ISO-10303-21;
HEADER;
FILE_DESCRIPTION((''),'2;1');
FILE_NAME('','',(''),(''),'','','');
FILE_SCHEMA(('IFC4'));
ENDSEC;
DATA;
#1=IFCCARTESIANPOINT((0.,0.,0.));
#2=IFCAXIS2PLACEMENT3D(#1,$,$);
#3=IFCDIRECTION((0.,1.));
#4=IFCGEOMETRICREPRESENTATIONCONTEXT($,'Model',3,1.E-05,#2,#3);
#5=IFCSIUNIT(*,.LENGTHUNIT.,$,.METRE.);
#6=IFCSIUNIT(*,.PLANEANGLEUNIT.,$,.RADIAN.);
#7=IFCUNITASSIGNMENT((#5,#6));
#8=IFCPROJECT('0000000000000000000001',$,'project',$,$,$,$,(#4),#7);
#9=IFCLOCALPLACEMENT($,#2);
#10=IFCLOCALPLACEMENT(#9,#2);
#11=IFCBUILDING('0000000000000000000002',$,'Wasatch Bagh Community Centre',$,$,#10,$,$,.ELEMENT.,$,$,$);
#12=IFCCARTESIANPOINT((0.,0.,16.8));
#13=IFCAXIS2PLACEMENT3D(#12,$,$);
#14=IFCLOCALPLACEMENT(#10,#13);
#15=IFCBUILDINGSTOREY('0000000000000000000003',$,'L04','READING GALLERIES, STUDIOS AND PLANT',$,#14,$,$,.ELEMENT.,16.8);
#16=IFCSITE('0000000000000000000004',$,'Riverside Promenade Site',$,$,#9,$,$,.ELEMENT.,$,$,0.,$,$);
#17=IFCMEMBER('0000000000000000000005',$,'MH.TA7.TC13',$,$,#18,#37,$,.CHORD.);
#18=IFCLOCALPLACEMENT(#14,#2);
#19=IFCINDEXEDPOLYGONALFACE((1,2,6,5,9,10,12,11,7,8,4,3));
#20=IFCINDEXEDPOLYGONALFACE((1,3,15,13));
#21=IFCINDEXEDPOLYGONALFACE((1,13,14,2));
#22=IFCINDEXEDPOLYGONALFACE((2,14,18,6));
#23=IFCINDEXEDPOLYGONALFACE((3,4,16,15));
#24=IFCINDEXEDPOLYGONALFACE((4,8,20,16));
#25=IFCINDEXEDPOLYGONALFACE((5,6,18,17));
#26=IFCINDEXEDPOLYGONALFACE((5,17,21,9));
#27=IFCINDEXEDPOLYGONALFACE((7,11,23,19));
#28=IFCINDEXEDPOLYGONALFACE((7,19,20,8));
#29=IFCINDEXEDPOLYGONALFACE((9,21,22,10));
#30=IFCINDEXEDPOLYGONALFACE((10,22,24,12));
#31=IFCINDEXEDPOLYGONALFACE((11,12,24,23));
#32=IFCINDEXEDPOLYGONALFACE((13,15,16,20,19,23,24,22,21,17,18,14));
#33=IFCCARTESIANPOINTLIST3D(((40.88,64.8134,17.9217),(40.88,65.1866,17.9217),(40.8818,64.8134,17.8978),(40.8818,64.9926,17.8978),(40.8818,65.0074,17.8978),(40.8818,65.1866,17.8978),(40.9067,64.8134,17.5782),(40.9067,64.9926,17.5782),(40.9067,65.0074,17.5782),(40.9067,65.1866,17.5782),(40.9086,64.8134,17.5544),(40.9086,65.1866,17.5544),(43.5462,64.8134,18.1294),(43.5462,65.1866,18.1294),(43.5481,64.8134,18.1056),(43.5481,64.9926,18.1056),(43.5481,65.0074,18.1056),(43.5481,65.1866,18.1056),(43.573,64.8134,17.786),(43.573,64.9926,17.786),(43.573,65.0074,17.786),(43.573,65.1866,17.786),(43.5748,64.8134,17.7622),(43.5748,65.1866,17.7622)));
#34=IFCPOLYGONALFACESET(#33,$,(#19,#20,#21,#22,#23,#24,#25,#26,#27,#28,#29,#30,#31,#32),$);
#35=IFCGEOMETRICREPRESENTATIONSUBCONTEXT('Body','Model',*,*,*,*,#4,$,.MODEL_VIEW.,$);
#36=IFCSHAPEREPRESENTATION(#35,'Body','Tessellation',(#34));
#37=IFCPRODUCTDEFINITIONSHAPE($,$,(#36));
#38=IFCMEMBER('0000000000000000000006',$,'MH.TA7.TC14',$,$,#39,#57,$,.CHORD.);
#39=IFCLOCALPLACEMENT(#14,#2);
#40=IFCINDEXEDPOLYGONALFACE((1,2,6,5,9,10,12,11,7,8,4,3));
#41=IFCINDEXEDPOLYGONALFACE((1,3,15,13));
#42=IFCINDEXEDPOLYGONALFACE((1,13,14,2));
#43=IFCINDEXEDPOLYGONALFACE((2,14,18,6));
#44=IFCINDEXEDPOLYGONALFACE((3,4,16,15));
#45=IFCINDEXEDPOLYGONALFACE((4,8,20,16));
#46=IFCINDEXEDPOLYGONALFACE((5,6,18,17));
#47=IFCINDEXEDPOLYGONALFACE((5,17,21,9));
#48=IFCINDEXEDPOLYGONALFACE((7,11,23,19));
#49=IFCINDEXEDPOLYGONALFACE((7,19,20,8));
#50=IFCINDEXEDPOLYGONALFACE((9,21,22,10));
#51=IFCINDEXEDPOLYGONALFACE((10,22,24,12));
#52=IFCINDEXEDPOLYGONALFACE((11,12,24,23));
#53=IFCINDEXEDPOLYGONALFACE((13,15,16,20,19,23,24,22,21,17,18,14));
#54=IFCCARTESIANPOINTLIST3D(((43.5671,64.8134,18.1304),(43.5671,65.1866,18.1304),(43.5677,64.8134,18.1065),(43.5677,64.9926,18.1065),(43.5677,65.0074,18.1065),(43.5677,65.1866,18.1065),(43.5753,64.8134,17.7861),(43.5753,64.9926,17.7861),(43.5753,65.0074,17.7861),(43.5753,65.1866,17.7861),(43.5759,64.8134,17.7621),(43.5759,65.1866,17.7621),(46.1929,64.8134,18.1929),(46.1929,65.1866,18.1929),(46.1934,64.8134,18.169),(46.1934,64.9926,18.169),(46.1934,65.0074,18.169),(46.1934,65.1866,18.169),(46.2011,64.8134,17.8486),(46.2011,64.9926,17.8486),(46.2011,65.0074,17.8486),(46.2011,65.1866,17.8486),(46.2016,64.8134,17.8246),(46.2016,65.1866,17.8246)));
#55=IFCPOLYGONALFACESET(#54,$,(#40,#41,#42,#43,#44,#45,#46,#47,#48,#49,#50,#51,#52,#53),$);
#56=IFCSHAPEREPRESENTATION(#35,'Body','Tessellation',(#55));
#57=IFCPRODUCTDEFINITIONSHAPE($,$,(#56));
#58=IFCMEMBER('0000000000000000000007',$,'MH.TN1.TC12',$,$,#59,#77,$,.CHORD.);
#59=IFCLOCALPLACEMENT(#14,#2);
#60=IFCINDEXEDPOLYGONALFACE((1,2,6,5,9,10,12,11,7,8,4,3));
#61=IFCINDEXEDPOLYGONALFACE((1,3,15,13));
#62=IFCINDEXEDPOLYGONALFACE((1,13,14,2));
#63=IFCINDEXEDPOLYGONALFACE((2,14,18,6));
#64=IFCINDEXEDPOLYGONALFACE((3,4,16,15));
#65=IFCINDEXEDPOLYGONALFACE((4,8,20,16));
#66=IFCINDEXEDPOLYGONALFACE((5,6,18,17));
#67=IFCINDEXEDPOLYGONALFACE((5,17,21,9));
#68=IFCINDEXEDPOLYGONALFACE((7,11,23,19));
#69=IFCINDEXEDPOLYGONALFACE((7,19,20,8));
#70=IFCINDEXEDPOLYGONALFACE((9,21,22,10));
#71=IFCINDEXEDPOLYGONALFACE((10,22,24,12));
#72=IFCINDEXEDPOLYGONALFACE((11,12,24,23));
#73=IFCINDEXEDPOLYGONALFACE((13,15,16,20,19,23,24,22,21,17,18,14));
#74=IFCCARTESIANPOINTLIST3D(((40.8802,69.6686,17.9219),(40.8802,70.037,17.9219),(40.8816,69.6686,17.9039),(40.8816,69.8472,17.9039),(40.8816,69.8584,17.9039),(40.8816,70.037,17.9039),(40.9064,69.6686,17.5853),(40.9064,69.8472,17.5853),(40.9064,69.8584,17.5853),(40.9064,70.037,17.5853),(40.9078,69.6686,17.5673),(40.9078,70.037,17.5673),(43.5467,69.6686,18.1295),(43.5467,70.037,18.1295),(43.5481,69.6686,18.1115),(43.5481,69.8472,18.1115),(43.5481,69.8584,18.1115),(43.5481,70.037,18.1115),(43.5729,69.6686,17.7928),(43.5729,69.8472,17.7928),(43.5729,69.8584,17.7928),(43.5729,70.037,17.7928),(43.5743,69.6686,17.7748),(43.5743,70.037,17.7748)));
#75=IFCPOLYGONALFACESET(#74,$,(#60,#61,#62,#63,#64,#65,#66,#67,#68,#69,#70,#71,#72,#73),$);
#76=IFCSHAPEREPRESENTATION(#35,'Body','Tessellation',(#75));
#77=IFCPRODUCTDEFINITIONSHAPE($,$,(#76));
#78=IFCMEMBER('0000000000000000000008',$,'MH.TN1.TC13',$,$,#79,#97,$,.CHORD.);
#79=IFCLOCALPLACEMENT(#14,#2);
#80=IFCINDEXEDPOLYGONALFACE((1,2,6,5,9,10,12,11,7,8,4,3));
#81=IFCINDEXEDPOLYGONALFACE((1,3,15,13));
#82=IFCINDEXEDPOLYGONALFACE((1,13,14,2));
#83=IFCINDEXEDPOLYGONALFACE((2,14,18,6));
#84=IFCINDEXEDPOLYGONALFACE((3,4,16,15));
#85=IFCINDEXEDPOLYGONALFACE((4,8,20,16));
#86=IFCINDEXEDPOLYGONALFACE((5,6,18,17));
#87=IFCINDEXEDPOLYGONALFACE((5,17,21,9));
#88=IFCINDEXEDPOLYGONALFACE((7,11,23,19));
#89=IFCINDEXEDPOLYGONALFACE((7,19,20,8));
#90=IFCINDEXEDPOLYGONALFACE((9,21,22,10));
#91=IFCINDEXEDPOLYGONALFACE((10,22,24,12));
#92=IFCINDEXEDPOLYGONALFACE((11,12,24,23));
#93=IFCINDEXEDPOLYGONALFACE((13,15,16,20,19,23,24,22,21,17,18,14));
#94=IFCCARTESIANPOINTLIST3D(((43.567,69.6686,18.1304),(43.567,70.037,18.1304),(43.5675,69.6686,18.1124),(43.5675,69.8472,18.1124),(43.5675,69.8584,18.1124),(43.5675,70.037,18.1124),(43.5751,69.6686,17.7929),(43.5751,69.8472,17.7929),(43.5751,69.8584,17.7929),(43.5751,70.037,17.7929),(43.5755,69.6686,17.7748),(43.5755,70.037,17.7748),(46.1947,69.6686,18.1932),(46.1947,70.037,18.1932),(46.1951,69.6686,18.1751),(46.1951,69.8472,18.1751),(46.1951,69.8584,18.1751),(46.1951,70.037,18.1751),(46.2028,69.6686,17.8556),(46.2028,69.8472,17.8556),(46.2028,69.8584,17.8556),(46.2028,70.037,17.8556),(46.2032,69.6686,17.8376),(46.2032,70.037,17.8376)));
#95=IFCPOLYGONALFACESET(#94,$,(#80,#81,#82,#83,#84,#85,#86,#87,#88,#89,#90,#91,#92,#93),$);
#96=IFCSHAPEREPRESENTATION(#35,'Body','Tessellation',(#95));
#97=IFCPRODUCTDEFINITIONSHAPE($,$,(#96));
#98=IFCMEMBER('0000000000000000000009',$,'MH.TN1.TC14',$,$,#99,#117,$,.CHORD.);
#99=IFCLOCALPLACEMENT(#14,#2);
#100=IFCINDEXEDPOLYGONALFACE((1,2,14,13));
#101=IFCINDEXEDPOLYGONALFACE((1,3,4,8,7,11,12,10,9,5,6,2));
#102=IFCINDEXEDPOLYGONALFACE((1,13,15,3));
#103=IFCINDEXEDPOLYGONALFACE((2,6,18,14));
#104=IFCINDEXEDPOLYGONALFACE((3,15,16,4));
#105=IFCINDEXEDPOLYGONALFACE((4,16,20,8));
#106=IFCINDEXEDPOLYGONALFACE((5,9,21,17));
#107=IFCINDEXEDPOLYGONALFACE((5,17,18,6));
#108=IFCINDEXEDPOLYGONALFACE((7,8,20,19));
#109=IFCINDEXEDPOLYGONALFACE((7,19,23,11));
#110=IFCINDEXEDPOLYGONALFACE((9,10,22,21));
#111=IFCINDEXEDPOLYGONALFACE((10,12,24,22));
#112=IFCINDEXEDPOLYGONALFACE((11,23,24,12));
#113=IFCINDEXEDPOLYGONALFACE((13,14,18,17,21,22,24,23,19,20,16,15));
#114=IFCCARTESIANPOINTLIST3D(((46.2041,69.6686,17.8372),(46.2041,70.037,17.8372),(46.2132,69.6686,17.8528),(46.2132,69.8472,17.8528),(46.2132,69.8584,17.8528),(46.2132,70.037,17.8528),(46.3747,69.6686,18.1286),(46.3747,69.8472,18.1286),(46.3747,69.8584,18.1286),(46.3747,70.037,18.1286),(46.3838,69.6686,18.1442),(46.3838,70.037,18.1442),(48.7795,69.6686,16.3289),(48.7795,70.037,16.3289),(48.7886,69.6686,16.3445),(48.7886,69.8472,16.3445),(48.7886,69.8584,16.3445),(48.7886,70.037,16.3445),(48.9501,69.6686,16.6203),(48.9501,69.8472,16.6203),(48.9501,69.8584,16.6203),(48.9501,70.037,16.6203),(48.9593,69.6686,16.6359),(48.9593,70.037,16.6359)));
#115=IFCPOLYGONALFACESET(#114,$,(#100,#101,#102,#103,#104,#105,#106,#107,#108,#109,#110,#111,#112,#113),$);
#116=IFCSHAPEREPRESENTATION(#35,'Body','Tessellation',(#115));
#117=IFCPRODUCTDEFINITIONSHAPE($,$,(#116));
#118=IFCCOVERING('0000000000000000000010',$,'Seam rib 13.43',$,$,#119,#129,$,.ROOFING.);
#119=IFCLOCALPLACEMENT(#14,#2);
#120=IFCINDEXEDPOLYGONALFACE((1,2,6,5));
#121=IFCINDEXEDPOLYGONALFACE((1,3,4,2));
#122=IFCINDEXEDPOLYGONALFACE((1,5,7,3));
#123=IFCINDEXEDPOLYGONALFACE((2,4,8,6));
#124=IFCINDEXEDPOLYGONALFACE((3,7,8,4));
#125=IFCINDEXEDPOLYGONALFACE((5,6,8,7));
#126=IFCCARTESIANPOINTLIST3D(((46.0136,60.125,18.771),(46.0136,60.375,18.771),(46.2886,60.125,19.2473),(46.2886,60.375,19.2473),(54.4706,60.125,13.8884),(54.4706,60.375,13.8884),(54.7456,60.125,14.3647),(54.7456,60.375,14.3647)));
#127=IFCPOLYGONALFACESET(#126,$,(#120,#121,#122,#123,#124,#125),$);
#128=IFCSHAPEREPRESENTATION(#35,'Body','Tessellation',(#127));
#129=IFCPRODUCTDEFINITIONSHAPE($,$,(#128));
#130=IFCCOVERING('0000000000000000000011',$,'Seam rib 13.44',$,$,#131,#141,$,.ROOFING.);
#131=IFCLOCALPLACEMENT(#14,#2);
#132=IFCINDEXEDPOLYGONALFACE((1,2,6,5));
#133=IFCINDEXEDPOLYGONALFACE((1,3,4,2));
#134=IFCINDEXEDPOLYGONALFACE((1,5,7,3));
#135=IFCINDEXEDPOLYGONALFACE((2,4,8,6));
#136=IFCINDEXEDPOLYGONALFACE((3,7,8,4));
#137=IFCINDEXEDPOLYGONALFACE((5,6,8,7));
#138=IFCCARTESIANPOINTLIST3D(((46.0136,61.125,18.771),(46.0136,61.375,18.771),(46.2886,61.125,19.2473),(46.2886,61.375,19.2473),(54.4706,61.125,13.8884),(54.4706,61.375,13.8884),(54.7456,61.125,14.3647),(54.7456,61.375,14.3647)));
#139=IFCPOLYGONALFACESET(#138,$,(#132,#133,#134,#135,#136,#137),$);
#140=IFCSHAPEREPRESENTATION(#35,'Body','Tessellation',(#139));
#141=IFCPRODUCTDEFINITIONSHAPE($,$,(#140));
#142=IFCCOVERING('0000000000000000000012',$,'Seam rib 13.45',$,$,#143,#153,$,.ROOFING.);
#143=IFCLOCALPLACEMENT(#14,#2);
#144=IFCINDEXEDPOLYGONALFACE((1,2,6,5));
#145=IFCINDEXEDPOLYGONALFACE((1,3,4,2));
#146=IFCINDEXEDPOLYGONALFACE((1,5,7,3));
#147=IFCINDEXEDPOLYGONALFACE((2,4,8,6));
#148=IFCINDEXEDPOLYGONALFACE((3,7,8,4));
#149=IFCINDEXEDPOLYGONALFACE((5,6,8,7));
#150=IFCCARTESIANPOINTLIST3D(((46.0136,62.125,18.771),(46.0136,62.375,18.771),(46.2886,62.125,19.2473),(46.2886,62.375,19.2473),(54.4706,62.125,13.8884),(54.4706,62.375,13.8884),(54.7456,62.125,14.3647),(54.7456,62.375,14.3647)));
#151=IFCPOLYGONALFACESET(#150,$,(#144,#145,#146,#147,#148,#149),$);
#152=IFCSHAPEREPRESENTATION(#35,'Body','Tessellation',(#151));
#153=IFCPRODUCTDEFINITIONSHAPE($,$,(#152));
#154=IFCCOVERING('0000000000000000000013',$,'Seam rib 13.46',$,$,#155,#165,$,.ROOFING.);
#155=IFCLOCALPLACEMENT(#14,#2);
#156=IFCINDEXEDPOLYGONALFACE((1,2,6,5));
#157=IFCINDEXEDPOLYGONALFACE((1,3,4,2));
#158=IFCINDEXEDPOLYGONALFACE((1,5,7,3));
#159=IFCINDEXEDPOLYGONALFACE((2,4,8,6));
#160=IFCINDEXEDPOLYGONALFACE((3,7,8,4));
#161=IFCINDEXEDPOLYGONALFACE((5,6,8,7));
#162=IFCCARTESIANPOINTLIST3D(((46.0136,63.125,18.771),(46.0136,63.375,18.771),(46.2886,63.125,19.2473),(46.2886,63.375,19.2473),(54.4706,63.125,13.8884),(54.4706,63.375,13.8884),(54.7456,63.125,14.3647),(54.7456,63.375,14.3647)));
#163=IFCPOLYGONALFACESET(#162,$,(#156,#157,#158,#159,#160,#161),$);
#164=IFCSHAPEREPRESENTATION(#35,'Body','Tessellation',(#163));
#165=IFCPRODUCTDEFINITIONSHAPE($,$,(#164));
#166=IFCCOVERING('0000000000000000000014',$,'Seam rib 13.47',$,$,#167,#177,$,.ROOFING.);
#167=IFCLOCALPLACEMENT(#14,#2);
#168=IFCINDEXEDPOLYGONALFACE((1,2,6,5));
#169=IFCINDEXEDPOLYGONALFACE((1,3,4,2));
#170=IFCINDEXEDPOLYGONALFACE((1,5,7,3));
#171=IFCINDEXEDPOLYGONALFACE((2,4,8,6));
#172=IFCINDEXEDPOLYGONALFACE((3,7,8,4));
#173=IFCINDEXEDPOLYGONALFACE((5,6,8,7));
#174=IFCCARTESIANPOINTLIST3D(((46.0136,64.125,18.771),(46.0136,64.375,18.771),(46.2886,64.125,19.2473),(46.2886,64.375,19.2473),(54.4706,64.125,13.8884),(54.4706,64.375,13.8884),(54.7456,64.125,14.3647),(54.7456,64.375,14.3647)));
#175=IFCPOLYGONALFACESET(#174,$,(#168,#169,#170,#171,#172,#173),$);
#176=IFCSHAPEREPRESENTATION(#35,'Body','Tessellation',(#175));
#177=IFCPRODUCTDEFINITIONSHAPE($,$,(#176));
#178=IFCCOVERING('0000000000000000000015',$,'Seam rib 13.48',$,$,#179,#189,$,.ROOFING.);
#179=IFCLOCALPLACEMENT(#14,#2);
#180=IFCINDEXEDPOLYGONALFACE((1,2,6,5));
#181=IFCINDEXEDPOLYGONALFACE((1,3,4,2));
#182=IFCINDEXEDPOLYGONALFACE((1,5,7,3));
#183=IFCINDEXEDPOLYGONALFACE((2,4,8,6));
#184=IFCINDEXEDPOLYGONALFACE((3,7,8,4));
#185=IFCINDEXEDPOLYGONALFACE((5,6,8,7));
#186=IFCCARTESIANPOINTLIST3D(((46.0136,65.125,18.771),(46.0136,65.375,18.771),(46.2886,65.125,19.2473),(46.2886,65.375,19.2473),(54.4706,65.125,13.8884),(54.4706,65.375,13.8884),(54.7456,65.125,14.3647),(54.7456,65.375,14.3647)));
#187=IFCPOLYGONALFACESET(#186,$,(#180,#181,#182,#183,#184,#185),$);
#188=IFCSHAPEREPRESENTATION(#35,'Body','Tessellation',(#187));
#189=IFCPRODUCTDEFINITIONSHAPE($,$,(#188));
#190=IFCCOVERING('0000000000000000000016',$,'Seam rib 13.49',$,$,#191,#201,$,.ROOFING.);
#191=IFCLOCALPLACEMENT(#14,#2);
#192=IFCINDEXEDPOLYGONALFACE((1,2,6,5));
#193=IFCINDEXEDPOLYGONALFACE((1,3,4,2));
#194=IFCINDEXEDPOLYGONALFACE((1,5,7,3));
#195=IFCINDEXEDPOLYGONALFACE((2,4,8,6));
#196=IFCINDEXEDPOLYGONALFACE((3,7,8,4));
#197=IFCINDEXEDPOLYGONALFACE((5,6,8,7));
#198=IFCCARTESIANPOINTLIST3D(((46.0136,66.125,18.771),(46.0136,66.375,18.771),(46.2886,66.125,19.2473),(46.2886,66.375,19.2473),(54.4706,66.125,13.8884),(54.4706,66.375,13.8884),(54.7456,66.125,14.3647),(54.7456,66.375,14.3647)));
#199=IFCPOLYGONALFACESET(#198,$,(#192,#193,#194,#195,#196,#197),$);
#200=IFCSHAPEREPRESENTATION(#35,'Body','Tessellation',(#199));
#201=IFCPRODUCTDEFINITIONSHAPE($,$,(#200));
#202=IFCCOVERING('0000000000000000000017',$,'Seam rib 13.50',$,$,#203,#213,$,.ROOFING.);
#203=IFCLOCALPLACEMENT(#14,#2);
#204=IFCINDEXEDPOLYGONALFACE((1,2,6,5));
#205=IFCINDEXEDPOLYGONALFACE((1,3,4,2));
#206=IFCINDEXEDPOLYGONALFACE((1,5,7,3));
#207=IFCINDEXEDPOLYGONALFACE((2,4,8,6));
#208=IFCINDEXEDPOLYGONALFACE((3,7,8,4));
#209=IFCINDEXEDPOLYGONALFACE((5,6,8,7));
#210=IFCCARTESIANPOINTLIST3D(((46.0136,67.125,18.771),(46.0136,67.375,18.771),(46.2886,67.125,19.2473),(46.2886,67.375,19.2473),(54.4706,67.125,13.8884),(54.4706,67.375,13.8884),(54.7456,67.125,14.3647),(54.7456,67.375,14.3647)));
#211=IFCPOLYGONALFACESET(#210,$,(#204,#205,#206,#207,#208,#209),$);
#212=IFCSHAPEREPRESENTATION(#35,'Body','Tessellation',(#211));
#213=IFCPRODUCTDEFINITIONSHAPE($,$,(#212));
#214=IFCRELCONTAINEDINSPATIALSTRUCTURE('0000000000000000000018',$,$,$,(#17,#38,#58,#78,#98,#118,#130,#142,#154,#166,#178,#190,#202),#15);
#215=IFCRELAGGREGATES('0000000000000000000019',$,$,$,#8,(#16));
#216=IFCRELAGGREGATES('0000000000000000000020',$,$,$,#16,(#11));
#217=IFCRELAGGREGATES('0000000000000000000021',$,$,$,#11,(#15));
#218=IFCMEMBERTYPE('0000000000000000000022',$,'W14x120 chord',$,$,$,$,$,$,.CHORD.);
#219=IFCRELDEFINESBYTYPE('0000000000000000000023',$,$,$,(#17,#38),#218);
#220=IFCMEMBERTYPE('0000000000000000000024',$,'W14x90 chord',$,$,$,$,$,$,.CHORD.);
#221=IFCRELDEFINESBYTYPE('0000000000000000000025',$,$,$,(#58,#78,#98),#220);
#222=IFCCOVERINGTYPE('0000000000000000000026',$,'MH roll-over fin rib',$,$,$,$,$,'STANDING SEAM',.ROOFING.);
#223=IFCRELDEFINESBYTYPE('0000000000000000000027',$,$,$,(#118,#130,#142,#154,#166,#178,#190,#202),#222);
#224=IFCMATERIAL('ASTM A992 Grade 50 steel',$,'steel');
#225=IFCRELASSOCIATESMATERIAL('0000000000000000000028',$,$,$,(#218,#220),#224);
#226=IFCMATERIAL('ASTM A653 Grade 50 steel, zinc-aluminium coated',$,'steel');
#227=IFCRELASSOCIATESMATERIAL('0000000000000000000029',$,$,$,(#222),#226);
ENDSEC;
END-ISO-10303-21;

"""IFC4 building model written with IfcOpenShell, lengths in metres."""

from ifc_helpers import new_model, si_unit, direction, frame, origin, origin_2d, place, context, subcontext, project, spatial, polyline, i_section, outline, extrude, material, material_profile, profile_set, type_object, element, save


model = new_model("IFC4")

# Units and contexts
model_context = context("Model", 3, precision=1e-05, world=origin(), true_north=direction((0.0, 1.0)))
body_context = subcontext(model_context, "Body", "Model", "MODEL_VIEW")
ifc_project = project(units=[si_unit("LENGTHUNIT", "METRE"), si_unit("PLANEANGLEUNIT", "RADIAN")], contexts=[model_context])

# Site, building, storey
site_placement = place(None, origin())
site = spatial("IfcSite", under=ifc_project, at=site_placement, Name="Riverside Promenade Site", CompositionType="ELEMENT", RefElevation=0.0)
building_placement = place(site_placement, origin())
building = spatial("IfcBuilding", under=site, at=building_placement, Name="Wasatch Bagh Community Centre", CompositionType="ELEMENT")
storey_placement = place(building_placement, frame((0.0, 0.0, 16.8)))
storey = spatial("IfcBuildingStorey", under=building, at=storey_placement, Name="L04", Description="READING GALLERIES, STUDIOS AND PLANT", CompositionType="ELEMENT", Elevation=16.8)

# Members
ifc_material_1 = material(Name="ASTM A992 Grade 50 steel", Category="steel")
ifc_material_profile_1 = material_profile(ifc_material_1, i_section(OverallWidth=0.3733, OverallDepth=0.3684, WebThickness=0.0149, FlangeThickness=0.0239, at=origin_2d()), Name="W14x120")
ifc_profile_set_1 = profile_set([ifc_material_profile_1], Name="ASTM A992 Grade 50 steel")
member_type_1 = type_object("IfcMemberType", Name="W14x120 chord", PredefinedType="CHORD", material=ifc_profile_set_1)
member_1_placement = place(storey_placement, frame((40.8943, 65.0, 17.738), z_axis=(0.996978, 0.0, 0.077688), x_axis=(0.0, 1.0, 0.0)))
element("IfcMember", 1, at=member_1_placement, inside=storey, type_object=member_type_1, Name="MH.TA7.TC13", PredefinedType="CHORD", context=body_context, shape_type="SweptSolid", body=[
    extrude(i_section(OverallWidth=0.3733, OverallDepth=0.3684, WebThickness=0.0149, FlangeThickness=0.0239, at=origin_2d()), origin(), (0.0, 0.0, 1.0), 2.6743),
])
member_2_placement = place(storey_placement, frame((43.5715, 65.0, 17.9463), z_axis=(0.999717, 0.0, 0.023796), x_axis=(0.0, 1.0, 0.0)))
element("IfcMember", 2, at=member_2_placement, inside=storey, type_object=member_type_1, Name="MH.TA7.TC14", PredefinedType="CHORD", context=body_context, shape_type="SweptSolid", body=[
    extrude(i_section(OverallWidth=0.3733, OverallDepth=0.3684, WebThickness=0.0149, FlangeThickness=0.0239, at=origin_2d()), origin(), (0.0, 0.0, 1.0), 2.6265),
])
ifc_material_profile_2 = material_profile(ifc_material_1, i_section(OverallWidth=0.3684, OverallDepth=0.3557, WebThickness=0.0112, FlangeThickness=0.0181, at=origin_2d()), Name="W14x90")
ifc_profile_set_2 = profile_set([ifc_material_profile_2], Name="ASTM A992 Grade 50 steel")
member_type_2 = type_object("IfcMemberType", Name="W14x90 chord", PredefinedType="CHORD", material=ifc_profile_set_2)
member_3_placement = place(storey_placement, frame((40.894, 69.8528, 17.7446), z_axis=(0.996985, 0.0, 0.07759), x_axis=(0.0, 1.0, 0.0)))
element("IfcMember", 3, at=member_3_placement, inside=storey, type_object=member_type_2, Name="MH.TN1.TC12", PredefinedType="CHORD", context=body_context, shape_type="SweptSolid", body=[
    extrude(i_section(OverallWidth=0.3684, OverallDepth=0.3557, WebThickness=0.0112, FlangeThickness=0.0181, at=origin_2d()), origin(), (0.0, 0.0, 1.0), 2.6746),
])
member_4_placement = place(storey_placement, frame((43.5713, 69.8528, 17.9526), z_axis=(0.999715, 0.0, 0.023871), x_axis=(0.0, 1.0, 0.0)))
element("IfcMember", 4, at=member_4_placement, inside=storey, type_object=member_type_2, Name="MH.TN1.TC13", PredefinedType="CHORD", context=body_context, shape_type="SweptSolid", body=[
    extrude(i_section(OverallWidth=0.3684, OverallDepth=0.3557, WebThickness=0.0112, FlangeThickness=0.0181, at=origin_2d()), origin(), (0.0, 0.0, 1.0), 2.6284),
])
member_5_placement = place(storey_placement, frame((46.2939, 69.8528, 17.9907), z_axis=(0.862908, 0.0, -0.50536), x_axis=(0.0, 1.0, 0.0)))
element("IfcMember", 5, at=member_5_placement, inside=storey, type_object=member_type_2, Name="MH.TN1.TC14", PredefinedType="CHORD", context=body_context, shape_type="SweptSolid", body=[
    extrude(i_section(OverallWidth=0.3684, OverallDepth=0.3557, WebThickness=0.0112, FlangeThickness=0.0181, at=origin_2d()), origin(), (0.0, 0.0, 1.0), 2.9846),
])

# Coverings
ifc_material_2 = material(Name="ASTM A653 Grade 50 steel, zinc-aluminium coated", Category="steel")
covering_type = type_object("IfcCoveringType", Name="MH roll-over fin rib", ElementType="STANDING SEAM", PredefinedType="ROOFING", material=ifc_material_2)
for number, where, z_axis, x_axis, name in (
    (6, (46.2886, 60.125, 19.2473), (0.499992, 0.0, 0.86603), (0.86603, 0.0, -0.499992), "Seam rib 13.43"),
    (7, (46.2886, 61.125, 19.2473), (0.499992, 0.0, 0.86603), (0.86603, 0.0, -0.499992), "Seam rib 13.44"),
    (8, (46.2886, 62.125, 19.2473), (0.499992, 0.0, 0.86603), (0.86603, 0.0, -0.499992), "Seam rib 13.45"),
    (9, (46.2886, 63.125, 19.2473), (0.499992, 0.0, 0.86603), (0.86603, 0.0, -0.499992), "Seam rib 13.46"),
    (10, (46.2886, 64.125, 19.2473), (0.499992, 0.0, 0.86603), (0.86603, 0.0, -0.499992), "Seam rib 13.47"),
    (11, (46.2886, 65.125, 19.2473), (0.499992, 0.0, 0.86603), (0.86603, 0.0, -0.499992), "Seam rib 13.48"),
    (12, (46.2886, 66.125, 19.2473), (0.499992, 0.0, 0.86603), (0.86603, 0.0, -0.499992), "Seam rib 13.49"),
    (13, (46.2886, 67.125, 19.2473), (0.499992, 0.0, 0.86603), (0.86603, 0.0, -0.499992), "Seam rib 13.50"),
):
    element("IfcCovering", number, at=place(storey_placement, frame(where, z_axis=z_axis, x_axis=x_axis)), inside=storey, type_object=covering_type, Name=name, PredefinedType="ROOFING", context=body_context, shape_type="SweptSolid", body=[
        extrude(outline(polyline([(0.0, 0.0), (9.7653, 0.0), (9.7653, 0.25), (0.0, 0.25), (0.0, 0.0)])), origin(), (0.0, 0.0, -1.0), 0.55),
    ])

save(model, "model.ifc")
